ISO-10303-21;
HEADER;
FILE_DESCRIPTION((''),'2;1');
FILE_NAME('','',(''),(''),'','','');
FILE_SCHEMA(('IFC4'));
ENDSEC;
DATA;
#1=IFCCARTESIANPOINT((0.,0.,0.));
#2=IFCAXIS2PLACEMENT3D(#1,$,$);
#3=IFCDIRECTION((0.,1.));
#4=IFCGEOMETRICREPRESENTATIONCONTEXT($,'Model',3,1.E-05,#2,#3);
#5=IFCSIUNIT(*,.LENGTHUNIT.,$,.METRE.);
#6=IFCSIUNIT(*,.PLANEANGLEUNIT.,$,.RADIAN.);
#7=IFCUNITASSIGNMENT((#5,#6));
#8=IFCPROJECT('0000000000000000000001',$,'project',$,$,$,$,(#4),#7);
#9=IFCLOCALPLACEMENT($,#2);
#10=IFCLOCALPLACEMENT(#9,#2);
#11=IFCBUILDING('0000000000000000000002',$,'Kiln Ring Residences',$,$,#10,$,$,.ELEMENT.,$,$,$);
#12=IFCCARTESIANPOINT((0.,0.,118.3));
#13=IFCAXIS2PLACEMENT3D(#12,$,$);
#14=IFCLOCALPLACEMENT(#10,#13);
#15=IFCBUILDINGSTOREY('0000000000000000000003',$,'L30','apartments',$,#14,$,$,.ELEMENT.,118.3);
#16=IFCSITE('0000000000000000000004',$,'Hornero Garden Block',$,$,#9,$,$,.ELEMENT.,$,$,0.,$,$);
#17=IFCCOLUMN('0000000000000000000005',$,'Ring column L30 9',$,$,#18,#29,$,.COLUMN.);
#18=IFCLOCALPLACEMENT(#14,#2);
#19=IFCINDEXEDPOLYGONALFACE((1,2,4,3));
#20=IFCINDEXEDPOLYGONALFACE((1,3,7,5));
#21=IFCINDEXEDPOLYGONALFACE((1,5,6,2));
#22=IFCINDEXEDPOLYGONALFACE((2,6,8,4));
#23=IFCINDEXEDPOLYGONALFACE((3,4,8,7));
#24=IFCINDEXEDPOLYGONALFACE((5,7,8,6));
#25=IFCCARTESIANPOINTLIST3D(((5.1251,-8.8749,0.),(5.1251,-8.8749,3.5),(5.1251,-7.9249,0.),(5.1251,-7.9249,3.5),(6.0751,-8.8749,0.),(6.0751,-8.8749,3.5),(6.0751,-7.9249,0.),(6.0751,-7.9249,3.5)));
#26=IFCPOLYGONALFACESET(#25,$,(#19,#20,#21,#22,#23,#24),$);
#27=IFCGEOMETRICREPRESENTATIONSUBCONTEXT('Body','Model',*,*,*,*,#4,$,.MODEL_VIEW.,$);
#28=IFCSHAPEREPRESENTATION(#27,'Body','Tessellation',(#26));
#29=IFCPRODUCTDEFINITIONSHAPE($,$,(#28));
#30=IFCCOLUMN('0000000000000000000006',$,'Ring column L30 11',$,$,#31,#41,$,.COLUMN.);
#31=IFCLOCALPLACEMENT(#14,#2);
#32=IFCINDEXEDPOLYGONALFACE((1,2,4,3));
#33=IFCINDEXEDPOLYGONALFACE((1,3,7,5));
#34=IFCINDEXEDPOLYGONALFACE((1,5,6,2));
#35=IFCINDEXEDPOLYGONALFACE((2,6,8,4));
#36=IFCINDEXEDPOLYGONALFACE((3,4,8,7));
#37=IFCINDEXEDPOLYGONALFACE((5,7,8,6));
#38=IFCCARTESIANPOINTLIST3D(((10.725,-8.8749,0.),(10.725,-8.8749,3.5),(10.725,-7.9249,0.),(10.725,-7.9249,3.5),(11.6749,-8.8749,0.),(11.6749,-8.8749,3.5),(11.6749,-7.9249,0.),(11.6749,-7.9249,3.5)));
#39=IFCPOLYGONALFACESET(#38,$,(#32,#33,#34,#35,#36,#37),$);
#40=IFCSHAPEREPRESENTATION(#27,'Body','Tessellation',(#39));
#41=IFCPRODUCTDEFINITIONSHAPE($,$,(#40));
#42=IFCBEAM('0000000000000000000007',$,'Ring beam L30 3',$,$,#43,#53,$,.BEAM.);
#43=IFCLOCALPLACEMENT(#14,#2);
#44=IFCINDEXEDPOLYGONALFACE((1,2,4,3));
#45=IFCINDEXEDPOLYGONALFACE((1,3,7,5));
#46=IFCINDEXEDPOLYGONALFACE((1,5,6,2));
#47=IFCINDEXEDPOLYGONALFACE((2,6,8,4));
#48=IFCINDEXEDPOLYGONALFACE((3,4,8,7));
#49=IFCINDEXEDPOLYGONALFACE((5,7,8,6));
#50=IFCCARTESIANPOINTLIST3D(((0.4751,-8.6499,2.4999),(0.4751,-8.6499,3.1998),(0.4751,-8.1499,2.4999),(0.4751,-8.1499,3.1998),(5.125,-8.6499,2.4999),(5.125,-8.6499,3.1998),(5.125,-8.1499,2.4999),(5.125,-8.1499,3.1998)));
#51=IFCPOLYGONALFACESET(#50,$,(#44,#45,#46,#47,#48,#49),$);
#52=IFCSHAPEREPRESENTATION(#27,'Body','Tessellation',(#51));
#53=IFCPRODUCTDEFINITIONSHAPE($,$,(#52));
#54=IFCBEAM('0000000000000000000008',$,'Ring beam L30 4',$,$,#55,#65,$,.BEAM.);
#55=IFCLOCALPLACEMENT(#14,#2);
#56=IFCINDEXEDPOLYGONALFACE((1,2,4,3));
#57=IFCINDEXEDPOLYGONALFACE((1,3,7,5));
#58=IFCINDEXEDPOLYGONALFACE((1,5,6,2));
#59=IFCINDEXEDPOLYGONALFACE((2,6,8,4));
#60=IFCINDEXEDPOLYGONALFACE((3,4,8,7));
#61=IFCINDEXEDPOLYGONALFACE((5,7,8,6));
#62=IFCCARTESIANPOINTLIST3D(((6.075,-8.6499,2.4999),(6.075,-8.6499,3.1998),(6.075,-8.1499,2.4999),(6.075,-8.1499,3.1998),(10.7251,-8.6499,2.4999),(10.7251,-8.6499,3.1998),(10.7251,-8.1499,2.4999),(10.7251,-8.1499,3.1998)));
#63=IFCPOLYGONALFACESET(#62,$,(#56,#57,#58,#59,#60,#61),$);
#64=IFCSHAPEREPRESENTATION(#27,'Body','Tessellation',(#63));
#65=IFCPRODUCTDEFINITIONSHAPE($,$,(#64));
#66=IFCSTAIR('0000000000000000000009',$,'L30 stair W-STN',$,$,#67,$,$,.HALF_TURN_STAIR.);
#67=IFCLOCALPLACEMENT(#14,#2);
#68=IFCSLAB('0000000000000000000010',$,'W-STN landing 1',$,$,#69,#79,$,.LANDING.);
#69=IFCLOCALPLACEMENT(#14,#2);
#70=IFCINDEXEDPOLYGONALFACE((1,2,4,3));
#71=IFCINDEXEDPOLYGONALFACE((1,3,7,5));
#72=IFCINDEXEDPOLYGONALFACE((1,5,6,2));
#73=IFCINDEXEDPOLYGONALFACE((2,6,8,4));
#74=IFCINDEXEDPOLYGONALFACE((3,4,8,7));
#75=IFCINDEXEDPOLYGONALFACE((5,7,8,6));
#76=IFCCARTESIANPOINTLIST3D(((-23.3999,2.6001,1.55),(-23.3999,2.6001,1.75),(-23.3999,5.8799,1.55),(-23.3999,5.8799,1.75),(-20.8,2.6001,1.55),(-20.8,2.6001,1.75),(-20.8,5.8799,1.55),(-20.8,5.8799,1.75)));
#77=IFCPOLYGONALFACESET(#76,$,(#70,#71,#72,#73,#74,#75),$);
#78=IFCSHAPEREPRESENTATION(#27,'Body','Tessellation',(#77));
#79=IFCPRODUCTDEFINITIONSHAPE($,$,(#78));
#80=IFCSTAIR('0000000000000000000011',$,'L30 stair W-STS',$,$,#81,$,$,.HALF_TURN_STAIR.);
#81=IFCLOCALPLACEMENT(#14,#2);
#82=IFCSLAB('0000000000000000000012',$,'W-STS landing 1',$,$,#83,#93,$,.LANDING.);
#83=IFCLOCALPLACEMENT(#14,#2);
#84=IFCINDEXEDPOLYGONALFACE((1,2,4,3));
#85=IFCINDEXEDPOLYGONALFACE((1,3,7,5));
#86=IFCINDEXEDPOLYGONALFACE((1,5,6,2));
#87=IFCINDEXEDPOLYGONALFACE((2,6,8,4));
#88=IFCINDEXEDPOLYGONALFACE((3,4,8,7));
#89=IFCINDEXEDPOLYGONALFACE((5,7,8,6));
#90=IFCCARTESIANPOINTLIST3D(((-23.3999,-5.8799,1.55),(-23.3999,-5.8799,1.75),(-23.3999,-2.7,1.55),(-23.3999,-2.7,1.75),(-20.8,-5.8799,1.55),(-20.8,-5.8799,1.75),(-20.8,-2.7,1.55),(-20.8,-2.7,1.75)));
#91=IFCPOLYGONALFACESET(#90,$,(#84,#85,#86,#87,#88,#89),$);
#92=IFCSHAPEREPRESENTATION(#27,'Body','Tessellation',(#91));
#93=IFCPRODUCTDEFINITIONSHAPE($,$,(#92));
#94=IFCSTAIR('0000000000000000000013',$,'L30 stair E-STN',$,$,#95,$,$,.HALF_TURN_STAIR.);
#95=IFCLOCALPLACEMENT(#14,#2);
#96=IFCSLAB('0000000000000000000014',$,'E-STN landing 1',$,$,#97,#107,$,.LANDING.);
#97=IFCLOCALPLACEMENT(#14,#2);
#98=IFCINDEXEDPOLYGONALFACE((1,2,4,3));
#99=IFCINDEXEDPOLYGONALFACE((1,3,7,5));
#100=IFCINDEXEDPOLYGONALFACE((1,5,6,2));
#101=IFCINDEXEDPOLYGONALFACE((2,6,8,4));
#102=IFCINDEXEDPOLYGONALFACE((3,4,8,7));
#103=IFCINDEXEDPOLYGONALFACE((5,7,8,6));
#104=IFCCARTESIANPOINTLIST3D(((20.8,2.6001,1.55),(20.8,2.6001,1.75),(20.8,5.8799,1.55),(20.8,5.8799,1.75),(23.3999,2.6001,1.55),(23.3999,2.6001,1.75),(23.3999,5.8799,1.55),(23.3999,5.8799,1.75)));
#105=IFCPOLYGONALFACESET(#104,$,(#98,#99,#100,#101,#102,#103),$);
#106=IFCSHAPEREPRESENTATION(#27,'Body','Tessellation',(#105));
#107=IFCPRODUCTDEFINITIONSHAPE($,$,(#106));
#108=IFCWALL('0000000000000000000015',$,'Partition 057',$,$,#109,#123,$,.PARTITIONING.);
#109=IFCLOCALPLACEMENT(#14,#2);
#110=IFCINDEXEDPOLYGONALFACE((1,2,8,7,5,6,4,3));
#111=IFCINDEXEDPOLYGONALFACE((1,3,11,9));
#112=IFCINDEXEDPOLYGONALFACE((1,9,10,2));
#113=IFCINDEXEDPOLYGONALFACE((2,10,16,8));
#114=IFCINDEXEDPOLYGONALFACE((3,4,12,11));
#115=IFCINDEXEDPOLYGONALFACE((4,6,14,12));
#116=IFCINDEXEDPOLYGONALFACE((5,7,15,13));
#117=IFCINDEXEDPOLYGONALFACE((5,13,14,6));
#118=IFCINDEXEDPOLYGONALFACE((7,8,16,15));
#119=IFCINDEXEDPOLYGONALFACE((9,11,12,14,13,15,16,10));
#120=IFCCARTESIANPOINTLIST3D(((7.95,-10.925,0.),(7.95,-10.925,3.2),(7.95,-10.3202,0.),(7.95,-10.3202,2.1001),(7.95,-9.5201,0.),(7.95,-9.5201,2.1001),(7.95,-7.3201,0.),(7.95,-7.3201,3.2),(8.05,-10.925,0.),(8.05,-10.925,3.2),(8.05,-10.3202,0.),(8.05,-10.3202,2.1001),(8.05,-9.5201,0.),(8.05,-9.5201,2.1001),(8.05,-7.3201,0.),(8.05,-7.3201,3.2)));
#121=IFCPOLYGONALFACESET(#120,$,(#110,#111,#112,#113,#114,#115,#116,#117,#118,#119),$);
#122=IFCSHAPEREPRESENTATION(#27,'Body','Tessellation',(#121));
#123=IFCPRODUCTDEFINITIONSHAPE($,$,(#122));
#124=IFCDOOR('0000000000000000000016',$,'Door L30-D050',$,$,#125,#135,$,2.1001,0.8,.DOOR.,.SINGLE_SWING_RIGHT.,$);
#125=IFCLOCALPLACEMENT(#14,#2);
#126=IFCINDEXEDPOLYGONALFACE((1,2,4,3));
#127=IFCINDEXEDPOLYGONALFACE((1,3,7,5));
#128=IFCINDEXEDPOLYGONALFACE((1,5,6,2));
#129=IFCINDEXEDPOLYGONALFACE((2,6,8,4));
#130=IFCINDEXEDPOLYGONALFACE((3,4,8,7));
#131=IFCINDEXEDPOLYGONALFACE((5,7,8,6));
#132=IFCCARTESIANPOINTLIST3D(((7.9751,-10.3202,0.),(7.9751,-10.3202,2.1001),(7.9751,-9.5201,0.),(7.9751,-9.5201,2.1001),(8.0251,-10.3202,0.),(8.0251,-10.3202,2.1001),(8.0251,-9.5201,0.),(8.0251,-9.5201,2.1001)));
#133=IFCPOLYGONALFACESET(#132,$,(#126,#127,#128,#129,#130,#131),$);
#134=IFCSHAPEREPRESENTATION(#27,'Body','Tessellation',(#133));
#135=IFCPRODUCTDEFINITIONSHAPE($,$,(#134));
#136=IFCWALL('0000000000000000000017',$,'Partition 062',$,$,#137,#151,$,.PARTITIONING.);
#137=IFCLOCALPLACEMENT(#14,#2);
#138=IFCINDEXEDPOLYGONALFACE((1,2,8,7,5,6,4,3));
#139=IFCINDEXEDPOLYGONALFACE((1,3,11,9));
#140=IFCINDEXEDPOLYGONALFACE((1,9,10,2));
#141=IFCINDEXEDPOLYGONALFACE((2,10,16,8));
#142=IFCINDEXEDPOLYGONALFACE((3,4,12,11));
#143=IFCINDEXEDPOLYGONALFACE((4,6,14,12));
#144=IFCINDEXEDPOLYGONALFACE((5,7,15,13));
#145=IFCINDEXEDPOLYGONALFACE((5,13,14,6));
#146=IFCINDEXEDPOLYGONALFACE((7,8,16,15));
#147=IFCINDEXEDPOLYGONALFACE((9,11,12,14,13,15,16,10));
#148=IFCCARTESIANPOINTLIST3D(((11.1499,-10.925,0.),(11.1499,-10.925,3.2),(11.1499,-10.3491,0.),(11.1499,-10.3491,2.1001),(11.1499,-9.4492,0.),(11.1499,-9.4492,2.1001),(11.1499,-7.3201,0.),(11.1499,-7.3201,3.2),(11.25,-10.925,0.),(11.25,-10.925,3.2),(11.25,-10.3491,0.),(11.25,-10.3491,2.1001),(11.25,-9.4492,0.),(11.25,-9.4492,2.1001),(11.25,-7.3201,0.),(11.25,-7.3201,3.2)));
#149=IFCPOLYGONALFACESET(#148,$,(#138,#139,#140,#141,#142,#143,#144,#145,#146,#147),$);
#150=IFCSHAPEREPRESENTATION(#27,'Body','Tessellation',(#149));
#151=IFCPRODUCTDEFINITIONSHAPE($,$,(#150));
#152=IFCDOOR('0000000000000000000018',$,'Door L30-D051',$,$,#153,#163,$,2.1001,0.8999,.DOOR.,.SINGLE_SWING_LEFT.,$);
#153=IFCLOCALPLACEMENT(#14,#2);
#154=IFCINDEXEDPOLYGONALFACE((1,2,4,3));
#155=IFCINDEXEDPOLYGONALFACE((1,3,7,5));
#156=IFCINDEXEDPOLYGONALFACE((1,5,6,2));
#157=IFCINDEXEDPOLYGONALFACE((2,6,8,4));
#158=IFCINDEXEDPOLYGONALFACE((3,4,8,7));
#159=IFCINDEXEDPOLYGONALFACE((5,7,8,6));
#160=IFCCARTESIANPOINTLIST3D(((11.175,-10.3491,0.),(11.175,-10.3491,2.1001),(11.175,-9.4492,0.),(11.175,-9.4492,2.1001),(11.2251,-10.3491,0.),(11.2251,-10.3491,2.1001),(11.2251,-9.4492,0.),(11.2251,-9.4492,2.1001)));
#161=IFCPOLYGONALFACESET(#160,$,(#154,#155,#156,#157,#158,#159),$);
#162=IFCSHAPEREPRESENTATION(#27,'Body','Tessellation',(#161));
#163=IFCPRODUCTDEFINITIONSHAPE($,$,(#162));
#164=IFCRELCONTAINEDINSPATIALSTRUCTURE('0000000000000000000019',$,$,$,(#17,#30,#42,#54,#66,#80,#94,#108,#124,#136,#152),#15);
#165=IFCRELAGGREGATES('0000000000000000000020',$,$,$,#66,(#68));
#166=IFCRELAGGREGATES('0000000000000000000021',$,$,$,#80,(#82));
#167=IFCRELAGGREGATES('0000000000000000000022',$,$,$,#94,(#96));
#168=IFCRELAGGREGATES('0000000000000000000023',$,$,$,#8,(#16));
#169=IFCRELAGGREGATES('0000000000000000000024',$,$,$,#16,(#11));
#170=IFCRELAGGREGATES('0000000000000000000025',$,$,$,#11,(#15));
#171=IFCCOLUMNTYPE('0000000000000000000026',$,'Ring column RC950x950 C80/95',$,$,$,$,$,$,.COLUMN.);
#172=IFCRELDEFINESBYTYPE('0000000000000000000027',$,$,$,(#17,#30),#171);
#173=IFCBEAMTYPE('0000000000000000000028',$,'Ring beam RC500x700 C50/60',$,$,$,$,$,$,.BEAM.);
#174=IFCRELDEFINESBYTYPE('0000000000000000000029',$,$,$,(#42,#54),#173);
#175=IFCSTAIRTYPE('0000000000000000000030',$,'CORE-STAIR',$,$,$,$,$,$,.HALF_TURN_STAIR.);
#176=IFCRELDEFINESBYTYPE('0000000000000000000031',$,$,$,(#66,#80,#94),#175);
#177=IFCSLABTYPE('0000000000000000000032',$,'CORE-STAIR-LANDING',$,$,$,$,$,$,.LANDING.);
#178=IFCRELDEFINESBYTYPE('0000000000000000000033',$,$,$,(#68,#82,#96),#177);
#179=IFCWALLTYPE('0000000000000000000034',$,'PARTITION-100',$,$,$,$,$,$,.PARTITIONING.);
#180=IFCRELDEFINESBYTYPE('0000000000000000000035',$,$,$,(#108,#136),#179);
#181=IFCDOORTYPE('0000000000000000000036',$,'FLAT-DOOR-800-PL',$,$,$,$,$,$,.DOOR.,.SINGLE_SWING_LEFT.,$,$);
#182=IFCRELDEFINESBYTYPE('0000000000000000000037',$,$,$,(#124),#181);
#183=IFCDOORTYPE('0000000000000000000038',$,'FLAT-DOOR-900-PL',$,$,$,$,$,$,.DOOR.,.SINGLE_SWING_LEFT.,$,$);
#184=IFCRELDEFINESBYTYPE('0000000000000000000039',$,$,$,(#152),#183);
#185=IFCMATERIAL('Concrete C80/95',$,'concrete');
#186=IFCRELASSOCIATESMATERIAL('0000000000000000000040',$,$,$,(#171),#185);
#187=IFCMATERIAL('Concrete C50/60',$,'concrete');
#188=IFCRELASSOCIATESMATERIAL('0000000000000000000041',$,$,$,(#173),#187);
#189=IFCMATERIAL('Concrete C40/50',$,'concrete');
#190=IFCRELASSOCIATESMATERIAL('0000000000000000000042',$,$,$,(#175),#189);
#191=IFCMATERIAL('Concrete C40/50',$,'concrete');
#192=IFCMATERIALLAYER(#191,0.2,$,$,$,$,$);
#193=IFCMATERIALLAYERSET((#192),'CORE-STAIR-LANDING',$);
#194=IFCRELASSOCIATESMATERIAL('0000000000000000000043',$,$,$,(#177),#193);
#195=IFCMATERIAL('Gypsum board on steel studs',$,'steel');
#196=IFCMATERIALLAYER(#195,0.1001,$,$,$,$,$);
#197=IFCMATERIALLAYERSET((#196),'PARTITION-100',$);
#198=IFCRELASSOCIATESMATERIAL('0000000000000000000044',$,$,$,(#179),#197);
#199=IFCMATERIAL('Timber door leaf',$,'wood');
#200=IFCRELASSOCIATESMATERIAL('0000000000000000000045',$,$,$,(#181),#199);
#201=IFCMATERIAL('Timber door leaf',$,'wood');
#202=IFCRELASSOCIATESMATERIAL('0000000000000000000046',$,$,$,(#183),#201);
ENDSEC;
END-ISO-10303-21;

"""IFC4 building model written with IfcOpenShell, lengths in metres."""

from ifc_helpers import new_model, si_unit, direction, frame, frame_2d, origin, origin_2d, place, context, subcontext, project, spatial, polyline, rectangle, outline, extrude, material, layer, layer_set, material_profile, profile_set, type_object, element, fill, aggregate, save


model = new_model("IFC4")

# Units and contexts
model_context = context("Model", 3, precision=1e-05, world=origin(), true_north=direction((0.0, 1.0)))
body_context = subcontext(model_context, "Body", "Model", "MODEL_VIEW")
ifc_project = project(units=[si_unit("LENGTHUNIT", "METRE"), si_unit("PLANEANGLEUNIT", "RADIAN")], contexts=[model_context])

# Site, building, storey
site_placement = place(None, origin())
site = spatial("IfcSite", under=ifc_project, at=site_placement, Name="Hornero Garden Block", CompositionType="ELEMENT", RefElevation=0.0)
building_placement = place(site_placement, origin())
building = spatial("IfcBuilding", under=site, at=building_placement, Name="Kiln Ring Residences", CompositionType="ELEMENT")
storey_placement = place(building_placement, frame((0.0, 0.0, 118.3)))
storey = spatial("IfcBuildingStorey", under=building, at=storey_placement, Name="L30", Description="apartments", CompositionType="ELEMENT", Elevation=118.3)

# Columns
ifc_material_1 = material(Name="Concrete C80/95", Category="concrete")
ifc_material_profile_1 = material_profile(ifc_material_1, rectangle(XDim=0.95, YDim=0.95, at=origin_2d()), Name="RC950x950")
ifc_profile_set_1 = profile_set([ifc_material_profile_1], Name="Concrete C80/95")
column_type = type_object("IfcColumnType", Name="Ring column RC950x950 C80/95", PredefinedType="COLUMN", material=ifc_profile_set_1)
for number, where, z_axis, x_axis, name in (
    (1, (5.6001, -8.3999, 0.0), (0.0, 0.0, 1.0), (1.0, 0.0, 0.0), "Ring column L30 9"),
    (2, (11.2, -8.3999, 0.0), (0.0, 0.0, 1.0), (1.0, 0.0, 0.0), "Ring column L30 11"),
):
    element("IfcColumn", number, at=place(storey_placement, frame(where, z_axis=z_axis, x_axis=x_axis)), inside=storey, type_object=column_type, Name=name, PredefinedType="COLUMN", context=body_context, shape_type="SweptSolid", body=[
        extrude(rectangle(XDim=0.95, YDim=0.95, at=origin_2d()), origin(), (0.0, 0.0, 1.0), 3.5),
    ])

# Beams
ifc_material_2 = material(Name="Concrete C50/60", Category="concrete")
ifc_material_profile_2 = material_profile(ifc_material_2, rectangle(XDim=0.5, YDim=0.7, at=origin_2d()), Name="RC500x700")
ifc_profile_set_2 = profile_set([ifc_material_profile_2], Name="Concrete C50/60")
beam_type = type_object("IfcBeamType", Name="Ring beam RC500x700 C50/60", PredefinedType="BEAM", material=ifc_profile_set_2)
beam_1_placement = place(storey_placement, frame((0.4751, -8.3999, 2.8499), z_axis=(1.0, 0.0, 0.0), x_axis=(0.0, 1.0, 0.0)))
element("IfcBeam", 3, at=beam_1_placement, inside=storey, type_object=beam_type, Name="Ring beam L30 3", PredefinedType="BEAM", context=body_context, shape_type="SweptSolid", body=[
    extrude(rectangle(XDim=0.5, YDim=0.7, at=origin_2d()), origin(), (0.0, 0.0, 1.0), 4.6499),
])
beam_2_placement = place(storey_placement, frame((6.075, -8.3999, 2.8499), z_axis=(1.0, 0.0, 0.0), x_axis=(0.0, 1.0, 0.0)))
element("IfcBeam", 4, at=beam_2_placement, inside=storey, type_object=beam_type, Name="Ring beam L30 4", PredefinedType="BEAM", context=body_context, shape_type="SweptSolid", body=[
    extrude(rectangle(XDim=0.5, YDim=0.7, at=origin_2d()), origin(), (0.0, 0.0, 1.0), 4.6501),
])

# Stairs, slabs
ifc_material_3 = material(Name="Concrete C40/50", Category="concrete")
stair_type = type_object("IfcStairType", Name="CORE-STAIR", PredefinedType="HALF_TURN_STAIR", material=ifc_material_3)
placement_1 = place(storey_placement, origin())
stair_1 = element("IfcStair", 5, at=placement_1, inside=storey, type_object=stair_type, Name="L30 stair W-STN", PredefinedType="HALF_TURN_STAIR")
ifc_material_4 = material(Name="Concrete C40/50", Category="concrete")
ifc_layer_1 = layer(ifc_material_4, 0.2)
ifc_layer_set_1 = layer_set([ifc_layer_1], Name="CORE-STAIR-LANDING")
slab_type = type_object("IfcSlabType", Name="CORE-STAIR-LANDING", PredefinedType="LANDING", material=ifc_layer_set_1)
placement_2 = place(storey_placement, frame((0.0, 0.0, 1.55)))
slab_1 = element("IfcSlab", 6, at=placement_2, type_object=slab_type, Name="W-STN landing 1", PredefinedType="LANDING", context=body_context, shape_type="SweptSolid", body=[
    extrude(outline(polyline([(-23.3999, 5.8799), (-23.3999, 2.6001), (-20.8, 2.6001), (-20.8, 5.8799), (-23.3999, 5.8799)])), origin(), (0.0, 0.0, 1.0), 0.2),
])
aggregate(stair_1, [slab_1])
stair_2 = element("IfcStair", 7, at=placement_1, inside=storey, type_object=stair_type, Name="L30 stair W-STS", PredefinedType="HALF_TURN_STAIR")
slab_2 = element("IfcSlab", 8, at=placement_2, type_object=slab_type, Name="W-STS landing 1", PredefinedType="LANDING", context=body_context, shape_type="SweptSolid", body=[
    extrude(outline(polyline([(-20.8, -5.8799), (-20.8, -2.7), (-23.3999, -2.7), (-23.3999, -5.8799), (-20.8, -5.8799)])), origin(), (0.0, 0.0, 1.0), 0.2),
])
aggregate(stair_2, [slab_2])
stair_3 = element("IfcStair", 9, at=placement_1, inside=storey, type_object=stair_type, Name="L30 stair E-STN", PredefinedType="HALF_TURN_STAIR")
slab_3 = element("IfcSlab", 10, at=placement_2, type_object=slab_type, Name="E-STN landing 1", PredefinedType="LANDING", context=body_context, shape_type="SweptSolid", body=[
    extrude(outline(polyline([(20.8, 5.8799), (20.8, 2.6001), (23.3999, 2.6001), (23.3999, 5.8799), (20.8, 5.8799)])), origin(), (0.0, 0.0, 1.0), 0.2),
])
aggregate(stair_3, [slab_3])

# Walls, openings, doors
ifc_material_5 = material(Name="Gypsum board on steel studs", Category="steel")
ifc_layer_2 = layer(ifc_material_5, 0.1001)
ifc_layer_set_2 = layer_set([ifc_layer_2], Name="PARTITION-100")
wall_type_1 = type_object("IfcWallType", Name="PARTITION-100", PredefinedType="PARTITIONING", material=ifc_layer_set_2)
wall_1_placement = place(storey_placement, frame((8.0, -10.925, 0.0), z_axis=(0.0, 0.0, 1.0), x_axis=(0.0, 1.0, 0.0)))
wall_1 = element("IfcWall", 11, at=wall_1_placement, inside=storey, type_object=wall_type_1, Name="Partition 057", PredefinedType="PARTITIONING", context=body_context, shape_type="SweptSolid", body=[
    extrude(rectangle(XDim=3.605, YDim=0.1001, at=frame_2d((1.8025, 0.0))), origin(), (0.0, 0.0, 1.0), 3.2),
])
opening_1_placement = place(wall_1_placement, frame((0.605, 0.0, 0.0)))
opening_1 = element("IfcOpeningElement", 12, at=opening_1_placement, cuts=wall_1, PredefinedType="OPENING", context=body_context, shape_type="SweptSolid", body=[
    extrude(rectangle(XDim=0.8, YDim=2.1001, at=frame_2d((0.3999, 1.05))), frame((0.0, 0.0601, 0.0), z_axis=(0.0, -1.0, 0.0), x_axis=(1.0, 0.0, 0.0)), (0.0, 0.0, 1.0), 0.1201),
])
ifc_material_6 = material(Name="Timber door leaf", Category="wood")
door_type_1 = type_object("IfcDoorType", Name="FLAT-DOOR-800-PL", OperationType="SINGLE_SWING_LEFT", PredefinedType="DOOR", material=ifc_material_6)
door_1_placement = place(opening_1_placement, origin())
door_1 = element("IfcDoor", 13, at=door_1_placement, inside=storey, type_object=door_type_1, Name="Door L30-D050", OperationType="SINGLE_SWING_RIGHT", OverallHeight=2.1001, OverallWidth=0.8, PredefinedType="DOOR", context=body_context, shape_type="SweptSolid", body=[
    extrude(rectangle(XDim=0.8, YDim=2.1001, at=frame_2d((0.3999, 1.05))), frame((0.0, 0.0249, 0.0), z_axis=(0.0, -1.0, 0.0), x_axis=(1.0, 0.0, 0.0)), (0.0, 0.0, 1.0), 0.05),
])
fill(opening_1, door_1)
wall_2_placement = place(storey_placement, frame((11.2, -10.925, 0.0), z_axis=(0.0, 0.0, 1.0), x_axis=(0.0, 1.0, 0.0)))
wall_2 = element("IfcWall", 14, at=wall_2_placement, inside=storey, type_object=wall_type_1, Name="Partition 062", PredefinedType="PARTITIONING", context=body_context, shape_type="SweptSolid", body=[
    extrude(rectangle(XDim=3.605, YDim=0.1001, at=frame_2d((1.8025, 0.0))), origin(), (0.0, 0.0, 1.0), 3.2),
])
opening_2_placement = place(wall_2_placement, frame((0.5759, 0.0, 0.0)))
opening_2 = element("IfcOpeningElement", 15, at=opening_2_placement, cuts=wall_2, PredefinedType="OPENING", context=body_context, shape_type="SweptSolid", body=[
    extrude(rectangle(XDim=0.8999, YDim=2.1001, at=frame_2d((0.45, 1.05))), frame((0.0, 0.0601, 0.0), z_axis=(0.0, -1.0, 0.0), x_axis=(1.0, 0.0, 0.0)), (0.0, 0.0, 1.0), 0.1201),
])
ifc_material_7 = material(Name="Timber door leaf", Category="wood")
door_type_2 = type_object("IfcDoorType", Name="FLAT-DOOR-900-PL", OperationType="SINGLE_SWING_LEFT", PredefinedType="DOOR", material=ifc_material_7)
door_2_placement = place(opening_2_placement, origin())
door_2 = element("IfcDoor", 16, at=door_2_placement, inside=storey, type_object=door_type_2, Name="Door L30-D051", OperationType="SINGLE_SWING_LEFT", OverallHeight=2.1001, OverallWidth=0.8999, PredefinedType="DOOR", context=body_context, shape_type="SweptSolid", body=[
    extrude(rectangle(XDim=0.8999, YDim=2.1001, at=frame_2d((0.45, 1.05))), frame((0.0, 0.0249, 0.0), z_axis=(0.0, -1.0, 0.0), x_axis=(1.0, 0.0, 0.0)), (0.0, 0.0, 1.0), 0.05),
])
fill(opening_2, door_2)

save(model, "model.ifc")
